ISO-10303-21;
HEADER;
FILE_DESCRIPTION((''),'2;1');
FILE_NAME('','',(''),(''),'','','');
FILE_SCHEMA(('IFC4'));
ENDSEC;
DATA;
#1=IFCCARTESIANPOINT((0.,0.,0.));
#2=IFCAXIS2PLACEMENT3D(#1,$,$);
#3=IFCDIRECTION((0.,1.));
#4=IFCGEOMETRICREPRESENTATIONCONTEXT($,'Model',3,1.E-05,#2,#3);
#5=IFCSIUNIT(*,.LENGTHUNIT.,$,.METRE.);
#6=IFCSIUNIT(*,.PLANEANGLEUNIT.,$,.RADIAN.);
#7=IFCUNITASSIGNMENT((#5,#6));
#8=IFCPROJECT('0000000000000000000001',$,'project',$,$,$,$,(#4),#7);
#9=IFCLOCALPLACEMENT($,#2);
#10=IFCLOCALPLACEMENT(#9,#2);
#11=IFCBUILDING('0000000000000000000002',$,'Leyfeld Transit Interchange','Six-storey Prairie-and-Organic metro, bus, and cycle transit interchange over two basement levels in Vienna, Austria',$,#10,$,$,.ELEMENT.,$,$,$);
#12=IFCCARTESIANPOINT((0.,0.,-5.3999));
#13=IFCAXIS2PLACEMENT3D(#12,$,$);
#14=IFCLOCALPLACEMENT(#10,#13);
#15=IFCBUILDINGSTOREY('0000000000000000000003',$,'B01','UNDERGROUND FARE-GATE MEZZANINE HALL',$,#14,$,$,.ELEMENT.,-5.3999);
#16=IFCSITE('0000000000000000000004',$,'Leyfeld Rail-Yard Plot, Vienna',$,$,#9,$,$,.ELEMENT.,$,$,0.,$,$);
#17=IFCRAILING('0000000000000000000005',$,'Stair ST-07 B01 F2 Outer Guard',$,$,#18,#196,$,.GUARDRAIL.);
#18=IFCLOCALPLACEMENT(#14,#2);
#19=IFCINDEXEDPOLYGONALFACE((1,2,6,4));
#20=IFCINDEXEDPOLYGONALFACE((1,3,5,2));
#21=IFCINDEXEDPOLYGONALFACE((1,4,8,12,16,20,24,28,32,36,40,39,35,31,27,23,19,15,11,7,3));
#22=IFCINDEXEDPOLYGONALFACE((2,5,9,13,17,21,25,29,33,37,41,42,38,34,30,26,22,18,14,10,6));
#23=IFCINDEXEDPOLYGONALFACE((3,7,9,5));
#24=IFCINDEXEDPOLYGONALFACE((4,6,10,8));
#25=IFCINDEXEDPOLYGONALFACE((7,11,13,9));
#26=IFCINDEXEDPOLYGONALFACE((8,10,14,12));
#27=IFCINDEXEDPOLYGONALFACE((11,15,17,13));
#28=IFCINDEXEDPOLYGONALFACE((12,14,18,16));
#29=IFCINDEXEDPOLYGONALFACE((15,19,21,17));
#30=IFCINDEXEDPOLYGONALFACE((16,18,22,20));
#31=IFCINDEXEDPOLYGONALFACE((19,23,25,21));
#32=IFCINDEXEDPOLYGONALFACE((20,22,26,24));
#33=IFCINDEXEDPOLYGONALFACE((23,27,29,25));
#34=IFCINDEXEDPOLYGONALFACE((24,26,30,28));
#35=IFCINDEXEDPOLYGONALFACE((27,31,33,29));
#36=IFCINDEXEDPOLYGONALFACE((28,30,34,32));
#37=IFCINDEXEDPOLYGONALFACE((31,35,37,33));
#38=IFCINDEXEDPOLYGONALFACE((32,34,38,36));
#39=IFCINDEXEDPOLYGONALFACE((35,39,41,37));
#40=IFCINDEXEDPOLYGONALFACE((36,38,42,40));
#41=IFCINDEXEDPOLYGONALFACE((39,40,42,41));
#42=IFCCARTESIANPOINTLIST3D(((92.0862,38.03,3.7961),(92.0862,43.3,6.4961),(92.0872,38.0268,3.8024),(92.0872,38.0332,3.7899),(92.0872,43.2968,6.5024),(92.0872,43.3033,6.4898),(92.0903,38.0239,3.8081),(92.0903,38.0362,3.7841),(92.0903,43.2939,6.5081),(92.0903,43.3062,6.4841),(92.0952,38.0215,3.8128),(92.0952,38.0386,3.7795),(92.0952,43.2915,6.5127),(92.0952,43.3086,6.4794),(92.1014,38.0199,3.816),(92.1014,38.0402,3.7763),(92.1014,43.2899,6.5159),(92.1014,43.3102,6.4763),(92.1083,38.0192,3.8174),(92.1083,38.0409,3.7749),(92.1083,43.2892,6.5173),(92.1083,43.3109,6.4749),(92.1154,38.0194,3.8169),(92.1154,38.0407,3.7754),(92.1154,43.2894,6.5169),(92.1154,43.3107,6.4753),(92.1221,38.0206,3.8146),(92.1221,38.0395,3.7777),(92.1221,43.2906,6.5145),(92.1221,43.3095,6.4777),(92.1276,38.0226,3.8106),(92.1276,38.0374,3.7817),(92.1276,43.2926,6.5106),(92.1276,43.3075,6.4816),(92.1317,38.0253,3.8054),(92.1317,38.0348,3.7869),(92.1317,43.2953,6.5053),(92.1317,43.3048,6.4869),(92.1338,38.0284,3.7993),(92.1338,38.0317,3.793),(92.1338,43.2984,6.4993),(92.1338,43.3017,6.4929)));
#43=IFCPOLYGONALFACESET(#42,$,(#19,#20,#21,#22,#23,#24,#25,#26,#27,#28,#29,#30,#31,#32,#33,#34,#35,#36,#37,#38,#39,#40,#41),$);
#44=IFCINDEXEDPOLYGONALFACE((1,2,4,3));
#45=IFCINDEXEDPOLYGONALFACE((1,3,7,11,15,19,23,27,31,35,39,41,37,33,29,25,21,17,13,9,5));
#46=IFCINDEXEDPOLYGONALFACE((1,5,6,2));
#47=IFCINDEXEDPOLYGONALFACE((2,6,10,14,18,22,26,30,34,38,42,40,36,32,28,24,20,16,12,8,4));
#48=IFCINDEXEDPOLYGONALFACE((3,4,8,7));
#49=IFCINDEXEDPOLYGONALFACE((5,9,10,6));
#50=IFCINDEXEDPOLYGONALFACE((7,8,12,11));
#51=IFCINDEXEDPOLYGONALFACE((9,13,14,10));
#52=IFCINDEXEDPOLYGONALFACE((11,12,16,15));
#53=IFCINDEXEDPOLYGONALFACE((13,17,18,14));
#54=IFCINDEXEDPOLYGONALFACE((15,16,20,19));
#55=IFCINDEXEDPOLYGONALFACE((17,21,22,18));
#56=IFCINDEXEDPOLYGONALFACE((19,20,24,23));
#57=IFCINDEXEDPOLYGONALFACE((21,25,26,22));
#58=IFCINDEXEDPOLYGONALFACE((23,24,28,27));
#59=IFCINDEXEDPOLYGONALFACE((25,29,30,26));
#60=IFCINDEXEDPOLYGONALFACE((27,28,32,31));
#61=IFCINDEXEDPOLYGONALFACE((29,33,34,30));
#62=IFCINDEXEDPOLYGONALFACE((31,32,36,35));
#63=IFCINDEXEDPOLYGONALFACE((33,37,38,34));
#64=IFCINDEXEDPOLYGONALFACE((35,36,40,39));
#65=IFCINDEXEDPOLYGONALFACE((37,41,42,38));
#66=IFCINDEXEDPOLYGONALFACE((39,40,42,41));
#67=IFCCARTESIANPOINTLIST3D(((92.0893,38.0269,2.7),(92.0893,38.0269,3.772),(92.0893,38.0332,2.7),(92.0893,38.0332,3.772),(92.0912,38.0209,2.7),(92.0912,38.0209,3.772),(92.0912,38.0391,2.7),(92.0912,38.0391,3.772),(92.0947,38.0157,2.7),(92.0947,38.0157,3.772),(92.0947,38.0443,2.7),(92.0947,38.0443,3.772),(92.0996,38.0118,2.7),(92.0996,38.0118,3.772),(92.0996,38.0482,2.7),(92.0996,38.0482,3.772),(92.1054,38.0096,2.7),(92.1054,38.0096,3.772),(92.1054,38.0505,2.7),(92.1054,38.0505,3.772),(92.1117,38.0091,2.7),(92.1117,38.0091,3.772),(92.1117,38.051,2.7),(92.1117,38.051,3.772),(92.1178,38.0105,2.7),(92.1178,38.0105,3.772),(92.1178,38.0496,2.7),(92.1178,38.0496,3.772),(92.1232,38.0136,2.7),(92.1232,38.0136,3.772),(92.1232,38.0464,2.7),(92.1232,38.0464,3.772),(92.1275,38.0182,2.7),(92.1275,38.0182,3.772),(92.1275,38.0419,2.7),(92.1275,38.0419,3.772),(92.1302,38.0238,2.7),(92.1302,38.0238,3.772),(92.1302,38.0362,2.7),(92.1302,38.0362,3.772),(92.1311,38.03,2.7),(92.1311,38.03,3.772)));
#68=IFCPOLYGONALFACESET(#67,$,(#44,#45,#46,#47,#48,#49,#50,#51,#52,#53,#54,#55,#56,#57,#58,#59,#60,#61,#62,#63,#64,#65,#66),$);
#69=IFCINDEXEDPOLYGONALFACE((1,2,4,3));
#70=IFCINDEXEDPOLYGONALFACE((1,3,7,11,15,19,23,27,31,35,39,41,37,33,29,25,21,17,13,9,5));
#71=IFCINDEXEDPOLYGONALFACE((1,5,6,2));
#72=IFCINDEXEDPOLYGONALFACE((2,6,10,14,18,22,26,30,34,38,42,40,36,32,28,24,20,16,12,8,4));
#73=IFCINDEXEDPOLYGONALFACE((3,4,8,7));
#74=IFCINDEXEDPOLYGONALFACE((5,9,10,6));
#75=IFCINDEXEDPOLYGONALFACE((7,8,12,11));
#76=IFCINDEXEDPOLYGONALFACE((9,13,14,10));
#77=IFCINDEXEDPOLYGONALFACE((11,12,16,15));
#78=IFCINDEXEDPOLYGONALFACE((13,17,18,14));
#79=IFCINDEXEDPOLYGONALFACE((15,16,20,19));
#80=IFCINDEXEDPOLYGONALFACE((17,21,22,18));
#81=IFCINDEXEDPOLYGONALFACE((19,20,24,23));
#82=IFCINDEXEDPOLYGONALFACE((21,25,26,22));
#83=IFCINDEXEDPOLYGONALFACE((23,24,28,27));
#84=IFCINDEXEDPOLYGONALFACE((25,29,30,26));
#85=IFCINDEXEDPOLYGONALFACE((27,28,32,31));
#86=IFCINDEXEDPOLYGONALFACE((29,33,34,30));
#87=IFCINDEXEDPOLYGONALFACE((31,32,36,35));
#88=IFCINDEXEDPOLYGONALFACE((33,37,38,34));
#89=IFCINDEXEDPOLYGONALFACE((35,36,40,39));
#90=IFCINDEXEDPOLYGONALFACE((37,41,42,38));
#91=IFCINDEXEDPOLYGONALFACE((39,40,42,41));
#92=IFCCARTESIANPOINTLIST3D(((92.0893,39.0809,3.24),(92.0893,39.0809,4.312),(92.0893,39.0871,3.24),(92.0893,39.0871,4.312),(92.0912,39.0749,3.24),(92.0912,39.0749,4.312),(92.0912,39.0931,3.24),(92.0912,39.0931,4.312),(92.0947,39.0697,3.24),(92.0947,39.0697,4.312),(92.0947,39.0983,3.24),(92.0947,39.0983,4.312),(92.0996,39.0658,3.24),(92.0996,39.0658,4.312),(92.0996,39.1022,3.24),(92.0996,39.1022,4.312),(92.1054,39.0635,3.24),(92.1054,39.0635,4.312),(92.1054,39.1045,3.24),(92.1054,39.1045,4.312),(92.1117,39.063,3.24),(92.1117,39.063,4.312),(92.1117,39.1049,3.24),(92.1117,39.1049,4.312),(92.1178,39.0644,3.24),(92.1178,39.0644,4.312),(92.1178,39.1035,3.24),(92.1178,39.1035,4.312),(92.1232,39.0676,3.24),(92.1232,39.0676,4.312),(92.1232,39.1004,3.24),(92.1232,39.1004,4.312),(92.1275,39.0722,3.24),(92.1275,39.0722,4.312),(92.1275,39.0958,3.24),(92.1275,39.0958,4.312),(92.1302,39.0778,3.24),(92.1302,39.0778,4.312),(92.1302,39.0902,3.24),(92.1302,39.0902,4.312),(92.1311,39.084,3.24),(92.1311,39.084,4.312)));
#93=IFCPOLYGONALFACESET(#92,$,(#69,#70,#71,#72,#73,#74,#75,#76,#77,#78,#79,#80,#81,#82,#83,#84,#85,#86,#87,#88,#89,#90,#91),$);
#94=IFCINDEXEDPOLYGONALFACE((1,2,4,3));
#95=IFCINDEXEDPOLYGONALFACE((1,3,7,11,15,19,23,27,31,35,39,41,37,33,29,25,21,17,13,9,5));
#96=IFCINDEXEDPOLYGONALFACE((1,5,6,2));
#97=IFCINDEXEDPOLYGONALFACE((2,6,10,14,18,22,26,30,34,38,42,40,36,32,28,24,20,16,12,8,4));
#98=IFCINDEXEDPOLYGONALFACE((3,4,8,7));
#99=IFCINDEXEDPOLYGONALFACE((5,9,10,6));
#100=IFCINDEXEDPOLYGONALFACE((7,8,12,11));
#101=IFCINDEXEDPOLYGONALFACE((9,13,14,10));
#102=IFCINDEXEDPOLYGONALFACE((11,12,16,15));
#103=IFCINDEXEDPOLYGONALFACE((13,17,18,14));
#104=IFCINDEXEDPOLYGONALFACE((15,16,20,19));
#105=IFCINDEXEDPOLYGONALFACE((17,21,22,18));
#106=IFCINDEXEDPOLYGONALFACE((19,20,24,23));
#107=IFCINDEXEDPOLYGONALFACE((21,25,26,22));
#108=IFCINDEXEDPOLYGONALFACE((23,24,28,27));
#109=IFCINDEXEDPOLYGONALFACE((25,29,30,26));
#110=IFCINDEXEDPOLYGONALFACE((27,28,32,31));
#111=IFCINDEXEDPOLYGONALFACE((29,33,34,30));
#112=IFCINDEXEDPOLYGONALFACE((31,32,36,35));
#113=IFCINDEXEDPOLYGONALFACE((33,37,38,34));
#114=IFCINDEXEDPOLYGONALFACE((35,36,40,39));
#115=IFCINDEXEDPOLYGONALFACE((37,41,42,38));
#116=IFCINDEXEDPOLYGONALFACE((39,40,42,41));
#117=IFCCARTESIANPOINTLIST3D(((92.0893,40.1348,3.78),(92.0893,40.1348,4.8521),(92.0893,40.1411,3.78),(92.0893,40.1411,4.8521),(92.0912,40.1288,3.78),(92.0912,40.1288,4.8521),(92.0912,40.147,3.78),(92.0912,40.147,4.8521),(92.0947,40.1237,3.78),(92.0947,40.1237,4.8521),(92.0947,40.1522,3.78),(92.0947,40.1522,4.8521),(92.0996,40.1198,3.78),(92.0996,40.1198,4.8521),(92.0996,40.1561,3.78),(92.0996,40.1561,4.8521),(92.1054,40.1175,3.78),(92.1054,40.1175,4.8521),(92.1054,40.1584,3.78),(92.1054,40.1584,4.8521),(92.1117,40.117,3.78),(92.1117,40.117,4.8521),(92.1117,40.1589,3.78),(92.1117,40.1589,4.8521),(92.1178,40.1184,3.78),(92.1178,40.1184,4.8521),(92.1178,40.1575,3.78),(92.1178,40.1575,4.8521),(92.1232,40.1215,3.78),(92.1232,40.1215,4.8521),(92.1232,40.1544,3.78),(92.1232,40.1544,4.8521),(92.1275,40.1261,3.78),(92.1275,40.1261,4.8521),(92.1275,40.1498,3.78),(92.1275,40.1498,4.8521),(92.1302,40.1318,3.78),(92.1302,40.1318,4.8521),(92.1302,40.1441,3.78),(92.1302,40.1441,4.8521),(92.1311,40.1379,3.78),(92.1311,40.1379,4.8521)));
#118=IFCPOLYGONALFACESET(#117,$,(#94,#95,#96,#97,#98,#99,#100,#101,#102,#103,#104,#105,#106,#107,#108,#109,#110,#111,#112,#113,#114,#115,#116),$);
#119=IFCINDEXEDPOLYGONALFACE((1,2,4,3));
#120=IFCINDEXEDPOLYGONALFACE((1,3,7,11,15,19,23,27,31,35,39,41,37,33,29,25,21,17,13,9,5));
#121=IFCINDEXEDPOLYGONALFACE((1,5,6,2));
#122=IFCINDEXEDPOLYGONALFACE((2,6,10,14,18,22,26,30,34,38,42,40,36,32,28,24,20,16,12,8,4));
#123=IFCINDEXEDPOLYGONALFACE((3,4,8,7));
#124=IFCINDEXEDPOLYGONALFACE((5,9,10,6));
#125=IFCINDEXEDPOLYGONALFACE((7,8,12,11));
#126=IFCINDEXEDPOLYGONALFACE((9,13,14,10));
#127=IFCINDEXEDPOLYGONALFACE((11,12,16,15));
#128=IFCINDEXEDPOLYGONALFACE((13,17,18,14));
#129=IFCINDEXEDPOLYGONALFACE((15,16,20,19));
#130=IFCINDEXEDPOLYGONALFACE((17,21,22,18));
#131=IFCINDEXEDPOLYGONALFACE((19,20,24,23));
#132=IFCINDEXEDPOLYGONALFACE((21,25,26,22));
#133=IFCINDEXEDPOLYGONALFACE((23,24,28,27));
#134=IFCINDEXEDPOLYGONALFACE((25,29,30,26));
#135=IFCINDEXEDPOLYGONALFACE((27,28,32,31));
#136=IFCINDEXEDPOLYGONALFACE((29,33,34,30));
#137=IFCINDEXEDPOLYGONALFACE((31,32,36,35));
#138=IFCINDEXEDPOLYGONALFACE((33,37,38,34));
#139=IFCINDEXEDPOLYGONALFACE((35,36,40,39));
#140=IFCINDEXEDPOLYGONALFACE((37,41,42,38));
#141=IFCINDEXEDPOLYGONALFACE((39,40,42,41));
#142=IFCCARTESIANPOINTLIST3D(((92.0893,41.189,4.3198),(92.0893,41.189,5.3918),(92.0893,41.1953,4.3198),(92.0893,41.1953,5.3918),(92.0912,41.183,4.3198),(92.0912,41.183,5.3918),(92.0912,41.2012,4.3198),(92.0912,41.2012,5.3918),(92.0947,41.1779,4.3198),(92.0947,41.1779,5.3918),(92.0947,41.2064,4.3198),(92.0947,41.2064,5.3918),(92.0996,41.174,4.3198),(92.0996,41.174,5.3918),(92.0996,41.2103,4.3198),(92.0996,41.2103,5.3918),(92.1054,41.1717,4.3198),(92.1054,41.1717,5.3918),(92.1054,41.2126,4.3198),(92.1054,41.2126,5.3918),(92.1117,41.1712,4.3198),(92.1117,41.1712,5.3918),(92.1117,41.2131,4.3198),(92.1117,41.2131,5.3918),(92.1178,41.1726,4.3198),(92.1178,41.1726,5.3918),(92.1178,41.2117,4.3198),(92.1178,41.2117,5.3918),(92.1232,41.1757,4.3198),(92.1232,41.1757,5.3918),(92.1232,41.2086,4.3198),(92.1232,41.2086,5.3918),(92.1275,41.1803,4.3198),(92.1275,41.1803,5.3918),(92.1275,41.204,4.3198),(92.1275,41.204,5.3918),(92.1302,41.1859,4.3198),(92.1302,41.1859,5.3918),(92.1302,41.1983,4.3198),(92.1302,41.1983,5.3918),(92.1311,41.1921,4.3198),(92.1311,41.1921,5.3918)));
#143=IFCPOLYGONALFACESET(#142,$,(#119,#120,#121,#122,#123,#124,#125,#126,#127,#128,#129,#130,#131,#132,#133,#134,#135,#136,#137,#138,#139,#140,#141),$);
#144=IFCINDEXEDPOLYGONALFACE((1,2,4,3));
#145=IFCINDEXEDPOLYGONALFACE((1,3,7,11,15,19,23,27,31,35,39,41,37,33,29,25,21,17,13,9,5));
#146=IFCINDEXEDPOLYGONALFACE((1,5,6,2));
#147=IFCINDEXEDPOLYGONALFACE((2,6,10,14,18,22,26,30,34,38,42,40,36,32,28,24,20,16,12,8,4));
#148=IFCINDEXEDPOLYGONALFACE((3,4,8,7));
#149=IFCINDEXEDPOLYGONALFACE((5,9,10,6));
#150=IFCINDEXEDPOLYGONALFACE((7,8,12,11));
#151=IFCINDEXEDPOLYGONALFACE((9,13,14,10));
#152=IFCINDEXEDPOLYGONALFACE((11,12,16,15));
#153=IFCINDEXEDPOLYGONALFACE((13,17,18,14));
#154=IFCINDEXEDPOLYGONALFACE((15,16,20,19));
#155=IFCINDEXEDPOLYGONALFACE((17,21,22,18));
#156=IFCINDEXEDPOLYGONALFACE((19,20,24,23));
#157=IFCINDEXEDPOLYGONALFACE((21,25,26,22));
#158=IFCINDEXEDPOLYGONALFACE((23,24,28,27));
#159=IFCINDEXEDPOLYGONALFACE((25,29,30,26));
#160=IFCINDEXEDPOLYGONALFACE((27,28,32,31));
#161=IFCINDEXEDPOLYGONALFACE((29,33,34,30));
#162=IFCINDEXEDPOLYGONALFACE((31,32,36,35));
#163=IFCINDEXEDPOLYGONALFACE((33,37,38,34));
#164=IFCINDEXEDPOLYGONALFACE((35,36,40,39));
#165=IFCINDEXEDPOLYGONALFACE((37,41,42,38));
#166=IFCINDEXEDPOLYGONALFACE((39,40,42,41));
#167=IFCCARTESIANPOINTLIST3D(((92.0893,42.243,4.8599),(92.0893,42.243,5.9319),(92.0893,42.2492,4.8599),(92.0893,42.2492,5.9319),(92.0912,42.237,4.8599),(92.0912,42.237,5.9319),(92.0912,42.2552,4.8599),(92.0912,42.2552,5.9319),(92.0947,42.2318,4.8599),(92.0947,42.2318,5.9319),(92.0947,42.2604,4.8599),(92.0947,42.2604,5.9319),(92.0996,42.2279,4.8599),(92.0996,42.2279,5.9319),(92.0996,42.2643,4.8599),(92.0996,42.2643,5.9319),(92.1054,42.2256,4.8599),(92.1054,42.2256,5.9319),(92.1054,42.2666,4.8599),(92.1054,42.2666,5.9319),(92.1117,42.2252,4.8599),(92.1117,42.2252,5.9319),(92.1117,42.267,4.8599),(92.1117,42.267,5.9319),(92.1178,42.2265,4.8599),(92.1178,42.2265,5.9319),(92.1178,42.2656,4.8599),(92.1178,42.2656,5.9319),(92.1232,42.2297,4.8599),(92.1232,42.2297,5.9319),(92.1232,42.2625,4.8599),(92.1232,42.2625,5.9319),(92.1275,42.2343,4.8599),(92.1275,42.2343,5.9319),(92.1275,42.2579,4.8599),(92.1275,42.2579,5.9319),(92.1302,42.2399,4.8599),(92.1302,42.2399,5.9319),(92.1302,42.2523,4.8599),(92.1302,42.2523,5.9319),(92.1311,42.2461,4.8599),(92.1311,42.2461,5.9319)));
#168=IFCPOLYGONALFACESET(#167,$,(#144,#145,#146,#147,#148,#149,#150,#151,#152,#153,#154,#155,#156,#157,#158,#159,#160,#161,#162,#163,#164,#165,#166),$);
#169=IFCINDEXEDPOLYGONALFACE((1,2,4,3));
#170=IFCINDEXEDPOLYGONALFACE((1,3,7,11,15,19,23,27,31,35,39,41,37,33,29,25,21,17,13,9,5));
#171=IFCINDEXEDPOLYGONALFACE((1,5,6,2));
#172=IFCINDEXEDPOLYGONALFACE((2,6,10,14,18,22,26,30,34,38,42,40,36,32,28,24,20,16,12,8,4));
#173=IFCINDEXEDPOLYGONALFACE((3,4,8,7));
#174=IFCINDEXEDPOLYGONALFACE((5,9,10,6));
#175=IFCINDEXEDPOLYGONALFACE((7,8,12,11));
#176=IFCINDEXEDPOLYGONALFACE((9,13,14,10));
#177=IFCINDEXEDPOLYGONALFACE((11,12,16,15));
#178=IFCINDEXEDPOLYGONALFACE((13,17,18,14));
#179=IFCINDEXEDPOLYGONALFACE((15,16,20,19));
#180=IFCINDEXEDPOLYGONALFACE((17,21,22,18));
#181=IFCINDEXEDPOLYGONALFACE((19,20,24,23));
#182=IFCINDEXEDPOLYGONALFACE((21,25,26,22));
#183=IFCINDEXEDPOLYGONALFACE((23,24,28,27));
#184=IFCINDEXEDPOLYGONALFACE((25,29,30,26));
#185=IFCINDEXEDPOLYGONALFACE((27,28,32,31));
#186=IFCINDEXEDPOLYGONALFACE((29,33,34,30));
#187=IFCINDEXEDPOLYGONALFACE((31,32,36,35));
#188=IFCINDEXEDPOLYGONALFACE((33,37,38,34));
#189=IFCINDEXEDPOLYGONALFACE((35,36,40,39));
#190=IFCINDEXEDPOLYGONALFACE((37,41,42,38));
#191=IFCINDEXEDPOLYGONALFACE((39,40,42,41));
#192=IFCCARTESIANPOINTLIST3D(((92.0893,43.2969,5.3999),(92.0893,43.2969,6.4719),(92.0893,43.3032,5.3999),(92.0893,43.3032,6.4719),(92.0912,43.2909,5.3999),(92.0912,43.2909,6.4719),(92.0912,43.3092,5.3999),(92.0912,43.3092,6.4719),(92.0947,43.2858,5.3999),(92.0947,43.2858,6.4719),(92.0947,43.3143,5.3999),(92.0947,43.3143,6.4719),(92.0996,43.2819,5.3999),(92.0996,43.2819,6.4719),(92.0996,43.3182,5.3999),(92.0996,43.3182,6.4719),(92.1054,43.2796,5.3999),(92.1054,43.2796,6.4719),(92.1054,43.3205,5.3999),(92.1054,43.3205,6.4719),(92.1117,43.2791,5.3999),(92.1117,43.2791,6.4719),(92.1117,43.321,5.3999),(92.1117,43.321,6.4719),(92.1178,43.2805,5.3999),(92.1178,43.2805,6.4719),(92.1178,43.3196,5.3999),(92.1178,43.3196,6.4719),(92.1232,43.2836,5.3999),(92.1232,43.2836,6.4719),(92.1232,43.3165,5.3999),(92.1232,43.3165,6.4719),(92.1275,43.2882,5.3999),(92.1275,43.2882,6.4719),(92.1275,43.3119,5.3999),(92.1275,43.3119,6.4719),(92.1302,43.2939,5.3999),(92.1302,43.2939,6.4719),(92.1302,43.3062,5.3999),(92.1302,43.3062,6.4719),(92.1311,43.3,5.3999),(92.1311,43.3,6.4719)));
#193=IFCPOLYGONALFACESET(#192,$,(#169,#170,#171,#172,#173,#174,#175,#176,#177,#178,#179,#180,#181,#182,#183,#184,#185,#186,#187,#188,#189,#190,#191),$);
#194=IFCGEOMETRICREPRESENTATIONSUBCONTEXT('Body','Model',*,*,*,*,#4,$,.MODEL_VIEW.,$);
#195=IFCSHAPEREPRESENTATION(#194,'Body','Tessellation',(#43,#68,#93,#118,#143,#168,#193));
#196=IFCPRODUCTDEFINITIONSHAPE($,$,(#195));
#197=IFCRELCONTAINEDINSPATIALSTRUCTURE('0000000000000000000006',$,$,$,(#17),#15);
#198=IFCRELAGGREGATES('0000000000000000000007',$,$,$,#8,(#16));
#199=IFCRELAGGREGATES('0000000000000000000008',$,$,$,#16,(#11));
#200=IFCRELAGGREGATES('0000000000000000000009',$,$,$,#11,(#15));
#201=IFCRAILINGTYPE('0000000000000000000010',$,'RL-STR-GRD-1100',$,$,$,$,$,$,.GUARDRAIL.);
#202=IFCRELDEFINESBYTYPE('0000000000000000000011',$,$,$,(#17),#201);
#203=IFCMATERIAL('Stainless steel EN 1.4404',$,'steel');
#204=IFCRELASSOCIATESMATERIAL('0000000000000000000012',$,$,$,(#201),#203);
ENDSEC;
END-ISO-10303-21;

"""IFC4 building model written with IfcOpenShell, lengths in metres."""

from ifc_helpers import new_model, si_unit, direction, frame, origin, origin_2d, place, context, subcontext, project, spatial, circle, extrude, material, type_object, element, save


model = new_model("IFC4")

# Units and contexts
model_context = context("Model", 3, precision=1e-05, world=origin(), true_north=direction((0.0, 1.0)))
body_context = subcontext(model_context, "Body", "Model", "MODEL_VIEW")
ifc_project = project(units=[si_unit("LENGTHUNIT", "METRE"), si_unit("PLANEANGLEUNIT", "RADIAN")], contexts=[model_context])

# Site, building, storey
site_placement = place(None, origin())
site = spatial("IfcSite", under=ifc_project, at=site_placement, Name="Leyfeld Rail-Yard Plot, Vienna", CompositionType="ELEMENT", RefElevation=0.0)
building_placement = place(site_placement, origin())
building = spatial("IfcBuilding", under=site, at=building_placement, Name="Leyfeld Transit Interchange", Description="Six-storey Prairie-and-Organic metro, bus, and cycle transit interchange over two basement levels in Vienna, Austria", CompositionType="ELEMENT")
storey_placement = place(building_placement, frame((0.0, 0.0, -5.3999)))
storey = spatial("IfcBuildingStorey", under=building, at=storey_placement, Name="B01", Description="UNDERGROUND FARE-GATE MEZZANINE HALL", CompositionType="ELEMENT", Elevation=-5.3999)

# Railing
ifc_material_1 = material(Name="Stainless steel EN 1.4404", Category="steel")
railing_type_1 = type_object("IfcRailingType", Name="RL-STR-GRD-1100", PredefinedType="GUARDRAIL", material=ifc_material_1)
for number, where, name in (
    (1, (92.1101, 38.03, 2.7), "Stair ST-07 B01 F2 Outer Guard"),
):
    element("IfcRailing", number, at=place(storey_placement, frame(where)), inside=storey, type_object=railing_type_1, Name=name, PredefinedType="GUARDRAIL", context=body_context, shape_type="SweptSolid", body=[
        extrude(circle(Radius=0.0239, at=origin_2d()), frame((0.0, 0.0, 1.0962), z_axis=(0.0, 0.889997, 0.455966), x_axis=(-1.0, 0.0, 0.0)), (0.0, 0.0, 1.0), 5.9214),
        extrude(circle(Radius=0.021, at=origin_2d()), origin(), (0.0, 0.0, 1.0), 1.072),
        extrude(circle(Radius=0.021, at=origin_2d()), frame((0.0, 1.054, 0.54)), (0.0, 0.0, 1.0), 1.072),
        extrude(circle(Radius=0.021, at=origin_2d()), frame((0.0, 2.1079, 1.0801)), (0.0, 0.0, 1.0), 1.072),
        extrude(circle(Radius=0.021, at=origin_2d()), frame((0.0, 3.1621, 1.6199)), (0.0, 0.0, 1.0), 1.072),
        extrude(circle(Radius=0.021, at=origin_2d()), frame((0.0, 4.2161, 2.1599)), (0.0, 0.0, 1.0), 1.072),
        extrude(circle(Radius=0.021, at=origin_2d()), frame((0.0, 5.27, 2.7)), (0.0, 0.0, 1.0), 1.072),
    ])

save(model, "model.ifc")
